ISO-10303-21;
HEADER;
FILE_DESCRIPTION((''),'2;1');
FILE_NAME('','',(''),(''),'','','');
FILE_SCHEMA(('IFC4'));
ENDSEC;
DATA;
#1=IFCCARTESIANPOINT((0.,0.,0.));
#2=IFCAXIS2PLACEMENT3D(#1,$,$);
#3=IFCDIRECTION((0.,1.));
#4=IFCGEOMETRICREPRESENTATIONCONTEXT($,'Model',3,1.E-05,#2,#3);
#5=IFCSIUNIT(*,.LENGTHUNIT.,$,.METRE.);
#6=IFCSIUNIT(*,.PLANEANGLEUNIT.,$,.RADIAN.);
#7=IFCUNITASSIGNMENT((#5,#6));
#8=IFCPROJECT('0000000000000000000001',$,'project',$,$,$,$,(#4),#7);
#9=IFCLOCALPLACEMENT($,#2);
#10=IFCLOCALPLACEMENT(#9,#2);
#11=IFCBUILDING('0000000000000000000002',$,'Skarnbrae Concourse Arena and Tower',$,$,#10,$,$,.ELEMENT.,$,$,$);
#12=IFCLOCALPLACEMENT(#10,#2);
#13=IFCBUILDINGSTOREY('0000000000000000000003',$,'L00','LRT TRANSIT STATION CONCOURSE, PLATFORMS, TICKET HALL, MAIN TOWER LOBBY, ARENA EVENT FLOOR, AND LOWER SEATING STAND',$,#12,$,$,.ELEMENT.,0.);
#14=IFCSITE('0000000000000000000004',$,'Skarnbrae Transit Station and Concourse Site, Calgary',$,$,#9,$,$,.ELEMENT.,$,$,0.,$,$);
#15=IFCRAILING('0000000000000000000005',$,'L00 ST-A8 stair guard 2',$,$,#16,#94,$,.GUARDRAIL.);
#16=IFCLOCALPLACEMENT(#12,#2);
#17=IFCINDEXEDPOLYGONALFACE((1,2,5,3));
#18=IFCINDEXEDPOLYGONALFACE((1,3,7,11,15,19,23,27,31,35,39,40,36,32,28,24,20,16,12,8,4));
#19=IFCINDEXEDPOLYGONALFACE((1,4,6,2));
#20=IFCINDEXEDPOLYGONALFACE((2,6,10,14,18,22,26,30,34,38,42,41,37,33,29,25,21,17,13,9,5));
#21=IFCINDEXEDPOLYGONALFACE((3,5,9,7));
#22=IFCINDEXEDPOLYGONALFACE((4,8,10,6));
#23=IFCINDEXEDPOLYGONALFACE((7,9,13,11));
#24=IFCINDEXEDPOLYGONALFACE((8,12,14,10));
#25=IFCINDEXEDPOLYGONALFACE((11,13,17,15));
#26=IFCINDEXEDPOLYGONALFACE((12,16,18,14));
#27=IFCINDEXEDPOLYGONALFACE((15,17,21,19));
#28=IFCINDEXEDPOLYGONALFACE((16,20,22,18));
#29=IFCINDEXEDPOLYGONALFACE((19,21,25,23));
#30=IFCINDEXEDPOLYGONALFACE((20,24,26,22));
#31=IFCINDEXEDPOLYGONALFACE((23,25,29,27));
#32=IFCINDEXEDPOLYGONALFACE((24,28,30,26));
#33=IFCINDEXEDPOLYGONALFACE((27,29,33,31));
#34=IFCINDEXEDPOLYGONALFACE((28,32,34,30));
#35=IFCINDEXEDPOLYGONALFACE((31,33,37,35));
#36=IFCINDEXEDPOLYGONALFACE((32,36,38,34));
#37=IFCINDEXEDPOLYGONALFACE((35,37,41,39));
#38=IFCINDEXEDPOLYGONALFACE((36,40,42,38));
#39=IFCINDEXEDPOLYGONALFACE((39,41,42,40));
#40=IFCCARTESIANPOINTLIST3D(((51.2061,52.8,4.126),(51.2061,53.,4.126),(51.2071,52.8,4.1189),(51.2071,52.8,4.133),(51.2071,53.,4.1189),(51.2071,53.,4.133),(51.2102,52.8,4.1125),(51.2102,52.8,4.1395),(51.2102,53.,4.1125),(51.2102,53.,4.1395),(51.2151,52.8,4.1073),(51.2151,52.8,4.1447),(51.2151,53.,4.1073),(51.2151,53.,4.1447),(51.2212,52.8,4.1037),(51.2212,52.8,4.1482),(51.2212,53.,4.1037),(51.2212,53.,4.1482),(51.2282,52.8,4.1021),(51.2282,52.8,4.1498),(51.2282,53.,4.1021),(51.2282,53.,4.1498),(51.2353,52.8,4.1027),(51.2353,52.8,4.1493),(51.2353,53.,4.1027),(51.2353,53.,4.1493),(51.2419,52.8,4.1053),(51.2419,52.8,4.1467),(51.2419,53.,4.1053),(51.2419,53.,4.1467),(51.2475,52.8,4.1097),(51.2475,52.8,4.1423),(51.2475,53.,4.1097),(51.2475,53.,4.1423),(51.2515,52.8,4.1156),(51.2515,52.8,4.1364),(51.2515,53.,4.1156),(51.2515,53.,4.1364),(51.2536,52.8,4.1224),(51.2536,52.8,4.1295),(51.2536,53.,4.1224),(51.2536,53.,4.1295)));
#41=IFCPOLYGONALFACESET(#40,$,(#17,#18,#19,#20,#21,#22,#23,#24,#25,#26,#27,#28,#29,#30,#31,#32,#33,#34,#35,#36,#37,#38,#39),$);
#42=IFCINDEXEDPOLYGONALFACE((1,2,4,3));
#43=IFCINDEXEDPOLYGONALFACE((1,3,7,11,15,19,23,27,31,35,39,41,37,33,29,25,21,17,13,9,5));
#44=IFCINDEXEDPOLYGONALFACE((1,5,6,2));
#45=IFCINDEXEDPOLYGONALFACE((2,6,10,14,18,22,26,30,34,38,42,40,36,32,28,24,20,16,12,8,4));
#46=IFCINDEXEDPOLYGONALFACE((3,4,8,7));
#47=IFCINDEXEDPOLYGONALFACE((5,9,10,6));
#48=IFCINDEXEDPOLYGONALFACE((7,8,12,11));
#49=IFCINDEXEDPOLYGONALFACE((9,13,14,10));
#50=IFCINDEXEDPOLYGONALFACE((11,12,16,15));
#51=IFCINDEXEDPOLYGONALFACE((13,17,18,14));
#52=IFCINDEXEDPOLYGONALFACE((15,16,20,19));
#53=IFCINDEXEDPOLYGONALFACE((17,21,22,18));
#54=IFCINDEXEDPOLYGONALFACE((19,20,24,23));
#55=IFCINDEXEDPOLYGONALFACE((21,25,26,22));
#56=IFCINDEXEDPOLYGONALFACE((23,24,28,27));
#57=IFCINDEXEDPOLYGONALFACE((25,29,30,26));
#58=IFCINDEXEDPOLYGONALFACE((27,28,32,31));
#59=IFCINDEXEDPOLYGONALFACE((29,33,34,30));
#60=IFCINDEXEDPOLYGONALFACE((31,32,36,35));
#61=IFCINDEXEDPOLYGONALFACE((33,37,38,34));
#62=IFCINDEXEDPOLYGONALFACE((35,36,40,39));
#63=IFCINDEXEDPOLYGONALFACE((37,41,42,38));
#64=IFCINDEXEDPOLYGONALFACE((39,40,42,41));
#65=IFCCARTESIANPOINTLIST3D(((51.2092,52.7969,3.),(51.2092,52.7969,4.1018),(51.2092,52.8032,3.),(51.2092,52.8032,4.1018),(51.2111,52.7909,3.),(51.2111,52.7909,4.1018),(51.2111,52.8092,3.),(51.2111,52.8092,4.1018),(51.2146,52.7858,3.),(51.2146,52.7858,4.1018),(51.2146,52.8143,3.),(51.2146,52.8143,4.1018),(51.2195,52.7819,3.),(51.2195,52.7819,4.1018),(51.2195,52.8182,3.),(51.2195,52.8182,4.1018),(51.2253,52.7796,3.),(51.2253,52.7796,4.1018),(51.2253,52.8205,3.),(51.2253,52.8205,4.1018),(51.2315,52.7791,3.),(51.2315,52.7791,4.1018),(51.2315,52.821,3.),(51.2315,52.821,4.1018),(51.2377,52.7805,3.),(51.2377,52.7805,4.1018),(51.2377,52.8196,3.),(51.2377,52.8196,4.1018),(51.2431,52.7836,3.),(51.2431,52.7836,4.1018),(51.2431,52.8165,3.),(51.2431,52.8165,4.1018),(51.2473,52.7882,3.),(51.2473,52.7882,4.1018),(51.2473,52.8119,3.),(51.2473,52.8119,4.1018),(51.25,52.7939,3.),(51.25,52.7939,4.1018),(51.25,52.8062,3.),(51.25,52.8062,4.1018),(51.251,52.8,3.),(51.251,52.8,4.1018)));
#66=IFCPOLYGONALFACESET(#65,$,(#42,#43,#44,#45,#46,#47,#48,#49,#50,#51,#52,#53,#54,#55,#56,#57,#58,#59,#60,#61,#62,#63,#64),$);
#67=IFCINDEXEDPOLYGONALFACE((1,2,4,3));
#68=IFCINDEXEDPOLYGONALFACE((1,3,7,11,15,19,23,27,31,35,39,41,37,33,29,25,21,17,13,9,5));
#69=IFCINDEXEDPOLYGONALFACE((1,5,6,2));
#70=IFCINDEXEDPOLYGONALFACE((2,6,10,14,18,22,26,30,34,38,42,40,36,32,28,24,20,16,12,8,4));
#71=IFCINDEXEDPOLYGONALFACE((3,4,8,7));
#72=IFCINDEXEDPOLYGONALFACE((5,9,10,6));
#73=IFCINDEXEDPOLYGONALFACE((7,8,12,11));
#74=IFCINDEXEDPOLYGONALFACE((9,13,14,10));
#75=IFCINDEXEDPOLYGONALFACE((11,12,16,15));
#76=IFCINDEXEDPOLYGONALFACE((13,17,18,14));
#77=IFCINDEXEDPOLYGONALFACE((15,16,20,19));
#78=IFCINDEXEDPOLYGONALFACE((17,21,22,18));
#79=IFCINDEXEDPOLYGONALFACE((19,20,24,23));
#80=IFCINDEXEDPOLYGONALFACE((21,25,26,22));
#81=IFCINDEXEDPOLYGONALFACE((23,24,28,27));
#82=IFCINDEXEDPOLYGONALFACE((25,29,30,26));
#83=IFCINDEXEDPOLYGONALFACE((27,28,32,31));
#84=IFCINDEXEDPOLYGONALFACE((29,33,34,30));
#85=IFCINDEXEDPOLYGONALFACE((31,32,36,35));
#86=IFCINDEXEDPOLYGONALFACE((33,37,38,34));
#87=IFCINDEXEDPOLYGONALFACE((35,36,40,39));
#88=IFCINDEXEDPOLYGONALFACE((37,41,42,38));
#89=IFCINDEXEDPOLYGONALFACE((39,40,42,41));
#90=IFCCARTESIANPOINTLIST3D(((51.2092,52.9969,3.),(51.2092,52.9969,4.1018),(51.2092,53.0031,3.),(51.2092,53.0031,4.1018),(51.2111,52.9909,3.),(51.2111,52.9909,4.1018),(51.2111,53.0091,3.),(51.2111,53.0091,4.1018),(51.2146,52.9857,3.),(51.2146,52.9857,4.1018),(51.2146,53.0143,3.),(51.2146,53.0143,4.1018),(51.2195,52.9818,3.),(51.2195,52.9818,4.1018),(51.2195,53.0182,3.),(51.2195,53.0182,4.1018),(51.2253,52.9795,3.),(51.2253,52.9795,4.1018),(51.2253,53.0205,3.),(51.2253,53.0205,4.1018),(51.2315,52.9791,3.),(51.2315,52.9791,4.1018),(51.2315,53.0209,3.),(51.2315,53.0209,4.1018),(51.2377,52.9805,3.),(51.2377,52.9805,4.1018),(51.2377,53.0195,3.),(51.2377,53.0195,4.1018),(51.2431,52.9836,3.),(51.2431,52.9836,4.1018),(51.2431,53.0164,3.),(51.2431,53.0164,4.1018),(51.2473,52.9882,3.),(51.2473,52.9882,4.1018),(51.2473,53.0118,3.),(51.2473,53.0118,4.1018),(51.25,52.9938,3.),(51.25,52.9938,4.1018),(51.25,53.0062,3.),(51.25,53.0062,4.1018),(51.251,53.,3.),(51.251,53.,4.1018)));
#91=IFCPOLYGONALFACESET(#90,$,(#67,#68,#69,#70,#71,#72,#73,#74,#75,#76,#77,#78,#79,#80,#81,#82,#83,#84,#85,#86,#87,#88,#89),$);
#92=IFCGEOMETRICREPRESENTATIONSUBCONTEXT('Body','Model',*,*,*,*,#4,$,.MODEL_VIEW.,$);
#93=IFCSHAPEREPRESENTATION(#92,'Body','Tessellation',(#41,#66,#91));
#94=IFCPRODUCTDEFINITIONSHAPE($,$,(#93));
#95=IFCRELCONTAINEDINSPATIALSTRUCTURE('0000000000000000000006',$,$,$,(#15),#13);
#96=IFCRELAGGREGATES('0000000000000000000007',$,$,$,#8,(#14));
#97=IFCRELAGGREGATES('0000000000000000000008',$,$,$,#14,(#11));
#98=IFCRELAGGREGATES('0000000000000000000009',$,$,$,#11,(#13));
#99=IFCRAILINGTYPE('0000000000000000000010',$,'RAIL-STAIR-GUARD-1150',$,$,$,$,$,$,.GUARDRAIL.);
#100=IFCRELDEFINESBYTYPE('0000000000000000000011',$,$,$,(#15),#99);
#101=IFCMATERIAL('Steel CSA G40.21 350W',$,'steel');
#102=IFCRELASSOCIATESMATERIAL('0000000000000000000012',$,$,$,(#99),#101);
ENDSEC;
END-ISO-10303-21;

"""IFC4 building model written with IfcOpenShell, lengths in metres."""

from ifc_helpers import new_model, si_unit, direction, frame, origin, origin_2d, place, context, subcontext, project, spatial, circle, extrude, material, type_object, element, save


model = new_model("IFC4")

# Units and contexts
model_context = context("Model", 3, precision=1e-05, world=origin(), true_north=direction((0.0, 1.0)))
body_context = subcontext(model_context, "Body", "Model", "MODEL_VIEW")
ifc_project = project(units=[si_unit("LENGTHUNIT", "METRE"), si_unit("PLANEANGLEUNIT", "RADIAN")], contexts=[model_context])

# Site, building, storey
site_placement = place(None, origin())
site = spatial("IfcSite", under=ifc_project, at=site_placement, Name="Skarnbrae Transit Station and Concourse Site, Calgary", CompositionType="ELEMENT", RefElevation=0.0)
building_placement = place(site_placement, origin())
building = spatial("IfcBuilding", under=site, at=building_placement, Name="Skarnbrae Concourse Arena and Tower", CompositionType="ELEMENT")
storey_placement = place(building_placement, origin())
storey = spatial("IfcBuildingStorey", under=building, at=storey_placement, Name="L00", Description="LRT TRANSIT STATION CONCOURSE, PLATFORMS, TICKET HALL, MAIN TOWER LOBBY, ARENA EVENT FLOOR, AND LOWER SEATING STAND", CompositionType="ELEMENT", Elevation=0.0)

# Shared definitions
ifc_material_1 = material(Name="Steel CSA G40.21 350W", Category="steel")

# Railing
railing_type_1 = type_object("IfcRailingType", Name="RAIL-STAIR-GUARD-1150", PredefinedType="GUARDRAIL", material=ifc_material_1)
railing_1_placement = place(storey_placement, frame((51.23, 52.8, 3.0)))
element("IfcRailing", 1, at=railing_1_placement, inside=storey, type_object=railing_type_1, Name="L00 ST-A8 stair guard 2", PredefinedType="GUARDRAIL", context=body_context, shape_type="SweptSolid", body=[
    extrude(circle(Radius=0.0239, at=origin_2d()), frame((0.0, 0.0, 1.126), z_axis=(0.0, 1.0, 0.0), x_axis=(-1.0, 0.0, 0.0)), (0.0, 0.0, 1.0), 0.2),
    extrude(circle(Radius=0.021, at=origin_2d()), origin(), (0.0, 0.0, 1.0), 1.1018),
    extrude(circle(Radius=0.021, at=origin_2d()), frame((0.0, 0.2, 0.0)), (0.0, 0.0, 1.0), 1.1018),
])

save(model, "model.ifc")
